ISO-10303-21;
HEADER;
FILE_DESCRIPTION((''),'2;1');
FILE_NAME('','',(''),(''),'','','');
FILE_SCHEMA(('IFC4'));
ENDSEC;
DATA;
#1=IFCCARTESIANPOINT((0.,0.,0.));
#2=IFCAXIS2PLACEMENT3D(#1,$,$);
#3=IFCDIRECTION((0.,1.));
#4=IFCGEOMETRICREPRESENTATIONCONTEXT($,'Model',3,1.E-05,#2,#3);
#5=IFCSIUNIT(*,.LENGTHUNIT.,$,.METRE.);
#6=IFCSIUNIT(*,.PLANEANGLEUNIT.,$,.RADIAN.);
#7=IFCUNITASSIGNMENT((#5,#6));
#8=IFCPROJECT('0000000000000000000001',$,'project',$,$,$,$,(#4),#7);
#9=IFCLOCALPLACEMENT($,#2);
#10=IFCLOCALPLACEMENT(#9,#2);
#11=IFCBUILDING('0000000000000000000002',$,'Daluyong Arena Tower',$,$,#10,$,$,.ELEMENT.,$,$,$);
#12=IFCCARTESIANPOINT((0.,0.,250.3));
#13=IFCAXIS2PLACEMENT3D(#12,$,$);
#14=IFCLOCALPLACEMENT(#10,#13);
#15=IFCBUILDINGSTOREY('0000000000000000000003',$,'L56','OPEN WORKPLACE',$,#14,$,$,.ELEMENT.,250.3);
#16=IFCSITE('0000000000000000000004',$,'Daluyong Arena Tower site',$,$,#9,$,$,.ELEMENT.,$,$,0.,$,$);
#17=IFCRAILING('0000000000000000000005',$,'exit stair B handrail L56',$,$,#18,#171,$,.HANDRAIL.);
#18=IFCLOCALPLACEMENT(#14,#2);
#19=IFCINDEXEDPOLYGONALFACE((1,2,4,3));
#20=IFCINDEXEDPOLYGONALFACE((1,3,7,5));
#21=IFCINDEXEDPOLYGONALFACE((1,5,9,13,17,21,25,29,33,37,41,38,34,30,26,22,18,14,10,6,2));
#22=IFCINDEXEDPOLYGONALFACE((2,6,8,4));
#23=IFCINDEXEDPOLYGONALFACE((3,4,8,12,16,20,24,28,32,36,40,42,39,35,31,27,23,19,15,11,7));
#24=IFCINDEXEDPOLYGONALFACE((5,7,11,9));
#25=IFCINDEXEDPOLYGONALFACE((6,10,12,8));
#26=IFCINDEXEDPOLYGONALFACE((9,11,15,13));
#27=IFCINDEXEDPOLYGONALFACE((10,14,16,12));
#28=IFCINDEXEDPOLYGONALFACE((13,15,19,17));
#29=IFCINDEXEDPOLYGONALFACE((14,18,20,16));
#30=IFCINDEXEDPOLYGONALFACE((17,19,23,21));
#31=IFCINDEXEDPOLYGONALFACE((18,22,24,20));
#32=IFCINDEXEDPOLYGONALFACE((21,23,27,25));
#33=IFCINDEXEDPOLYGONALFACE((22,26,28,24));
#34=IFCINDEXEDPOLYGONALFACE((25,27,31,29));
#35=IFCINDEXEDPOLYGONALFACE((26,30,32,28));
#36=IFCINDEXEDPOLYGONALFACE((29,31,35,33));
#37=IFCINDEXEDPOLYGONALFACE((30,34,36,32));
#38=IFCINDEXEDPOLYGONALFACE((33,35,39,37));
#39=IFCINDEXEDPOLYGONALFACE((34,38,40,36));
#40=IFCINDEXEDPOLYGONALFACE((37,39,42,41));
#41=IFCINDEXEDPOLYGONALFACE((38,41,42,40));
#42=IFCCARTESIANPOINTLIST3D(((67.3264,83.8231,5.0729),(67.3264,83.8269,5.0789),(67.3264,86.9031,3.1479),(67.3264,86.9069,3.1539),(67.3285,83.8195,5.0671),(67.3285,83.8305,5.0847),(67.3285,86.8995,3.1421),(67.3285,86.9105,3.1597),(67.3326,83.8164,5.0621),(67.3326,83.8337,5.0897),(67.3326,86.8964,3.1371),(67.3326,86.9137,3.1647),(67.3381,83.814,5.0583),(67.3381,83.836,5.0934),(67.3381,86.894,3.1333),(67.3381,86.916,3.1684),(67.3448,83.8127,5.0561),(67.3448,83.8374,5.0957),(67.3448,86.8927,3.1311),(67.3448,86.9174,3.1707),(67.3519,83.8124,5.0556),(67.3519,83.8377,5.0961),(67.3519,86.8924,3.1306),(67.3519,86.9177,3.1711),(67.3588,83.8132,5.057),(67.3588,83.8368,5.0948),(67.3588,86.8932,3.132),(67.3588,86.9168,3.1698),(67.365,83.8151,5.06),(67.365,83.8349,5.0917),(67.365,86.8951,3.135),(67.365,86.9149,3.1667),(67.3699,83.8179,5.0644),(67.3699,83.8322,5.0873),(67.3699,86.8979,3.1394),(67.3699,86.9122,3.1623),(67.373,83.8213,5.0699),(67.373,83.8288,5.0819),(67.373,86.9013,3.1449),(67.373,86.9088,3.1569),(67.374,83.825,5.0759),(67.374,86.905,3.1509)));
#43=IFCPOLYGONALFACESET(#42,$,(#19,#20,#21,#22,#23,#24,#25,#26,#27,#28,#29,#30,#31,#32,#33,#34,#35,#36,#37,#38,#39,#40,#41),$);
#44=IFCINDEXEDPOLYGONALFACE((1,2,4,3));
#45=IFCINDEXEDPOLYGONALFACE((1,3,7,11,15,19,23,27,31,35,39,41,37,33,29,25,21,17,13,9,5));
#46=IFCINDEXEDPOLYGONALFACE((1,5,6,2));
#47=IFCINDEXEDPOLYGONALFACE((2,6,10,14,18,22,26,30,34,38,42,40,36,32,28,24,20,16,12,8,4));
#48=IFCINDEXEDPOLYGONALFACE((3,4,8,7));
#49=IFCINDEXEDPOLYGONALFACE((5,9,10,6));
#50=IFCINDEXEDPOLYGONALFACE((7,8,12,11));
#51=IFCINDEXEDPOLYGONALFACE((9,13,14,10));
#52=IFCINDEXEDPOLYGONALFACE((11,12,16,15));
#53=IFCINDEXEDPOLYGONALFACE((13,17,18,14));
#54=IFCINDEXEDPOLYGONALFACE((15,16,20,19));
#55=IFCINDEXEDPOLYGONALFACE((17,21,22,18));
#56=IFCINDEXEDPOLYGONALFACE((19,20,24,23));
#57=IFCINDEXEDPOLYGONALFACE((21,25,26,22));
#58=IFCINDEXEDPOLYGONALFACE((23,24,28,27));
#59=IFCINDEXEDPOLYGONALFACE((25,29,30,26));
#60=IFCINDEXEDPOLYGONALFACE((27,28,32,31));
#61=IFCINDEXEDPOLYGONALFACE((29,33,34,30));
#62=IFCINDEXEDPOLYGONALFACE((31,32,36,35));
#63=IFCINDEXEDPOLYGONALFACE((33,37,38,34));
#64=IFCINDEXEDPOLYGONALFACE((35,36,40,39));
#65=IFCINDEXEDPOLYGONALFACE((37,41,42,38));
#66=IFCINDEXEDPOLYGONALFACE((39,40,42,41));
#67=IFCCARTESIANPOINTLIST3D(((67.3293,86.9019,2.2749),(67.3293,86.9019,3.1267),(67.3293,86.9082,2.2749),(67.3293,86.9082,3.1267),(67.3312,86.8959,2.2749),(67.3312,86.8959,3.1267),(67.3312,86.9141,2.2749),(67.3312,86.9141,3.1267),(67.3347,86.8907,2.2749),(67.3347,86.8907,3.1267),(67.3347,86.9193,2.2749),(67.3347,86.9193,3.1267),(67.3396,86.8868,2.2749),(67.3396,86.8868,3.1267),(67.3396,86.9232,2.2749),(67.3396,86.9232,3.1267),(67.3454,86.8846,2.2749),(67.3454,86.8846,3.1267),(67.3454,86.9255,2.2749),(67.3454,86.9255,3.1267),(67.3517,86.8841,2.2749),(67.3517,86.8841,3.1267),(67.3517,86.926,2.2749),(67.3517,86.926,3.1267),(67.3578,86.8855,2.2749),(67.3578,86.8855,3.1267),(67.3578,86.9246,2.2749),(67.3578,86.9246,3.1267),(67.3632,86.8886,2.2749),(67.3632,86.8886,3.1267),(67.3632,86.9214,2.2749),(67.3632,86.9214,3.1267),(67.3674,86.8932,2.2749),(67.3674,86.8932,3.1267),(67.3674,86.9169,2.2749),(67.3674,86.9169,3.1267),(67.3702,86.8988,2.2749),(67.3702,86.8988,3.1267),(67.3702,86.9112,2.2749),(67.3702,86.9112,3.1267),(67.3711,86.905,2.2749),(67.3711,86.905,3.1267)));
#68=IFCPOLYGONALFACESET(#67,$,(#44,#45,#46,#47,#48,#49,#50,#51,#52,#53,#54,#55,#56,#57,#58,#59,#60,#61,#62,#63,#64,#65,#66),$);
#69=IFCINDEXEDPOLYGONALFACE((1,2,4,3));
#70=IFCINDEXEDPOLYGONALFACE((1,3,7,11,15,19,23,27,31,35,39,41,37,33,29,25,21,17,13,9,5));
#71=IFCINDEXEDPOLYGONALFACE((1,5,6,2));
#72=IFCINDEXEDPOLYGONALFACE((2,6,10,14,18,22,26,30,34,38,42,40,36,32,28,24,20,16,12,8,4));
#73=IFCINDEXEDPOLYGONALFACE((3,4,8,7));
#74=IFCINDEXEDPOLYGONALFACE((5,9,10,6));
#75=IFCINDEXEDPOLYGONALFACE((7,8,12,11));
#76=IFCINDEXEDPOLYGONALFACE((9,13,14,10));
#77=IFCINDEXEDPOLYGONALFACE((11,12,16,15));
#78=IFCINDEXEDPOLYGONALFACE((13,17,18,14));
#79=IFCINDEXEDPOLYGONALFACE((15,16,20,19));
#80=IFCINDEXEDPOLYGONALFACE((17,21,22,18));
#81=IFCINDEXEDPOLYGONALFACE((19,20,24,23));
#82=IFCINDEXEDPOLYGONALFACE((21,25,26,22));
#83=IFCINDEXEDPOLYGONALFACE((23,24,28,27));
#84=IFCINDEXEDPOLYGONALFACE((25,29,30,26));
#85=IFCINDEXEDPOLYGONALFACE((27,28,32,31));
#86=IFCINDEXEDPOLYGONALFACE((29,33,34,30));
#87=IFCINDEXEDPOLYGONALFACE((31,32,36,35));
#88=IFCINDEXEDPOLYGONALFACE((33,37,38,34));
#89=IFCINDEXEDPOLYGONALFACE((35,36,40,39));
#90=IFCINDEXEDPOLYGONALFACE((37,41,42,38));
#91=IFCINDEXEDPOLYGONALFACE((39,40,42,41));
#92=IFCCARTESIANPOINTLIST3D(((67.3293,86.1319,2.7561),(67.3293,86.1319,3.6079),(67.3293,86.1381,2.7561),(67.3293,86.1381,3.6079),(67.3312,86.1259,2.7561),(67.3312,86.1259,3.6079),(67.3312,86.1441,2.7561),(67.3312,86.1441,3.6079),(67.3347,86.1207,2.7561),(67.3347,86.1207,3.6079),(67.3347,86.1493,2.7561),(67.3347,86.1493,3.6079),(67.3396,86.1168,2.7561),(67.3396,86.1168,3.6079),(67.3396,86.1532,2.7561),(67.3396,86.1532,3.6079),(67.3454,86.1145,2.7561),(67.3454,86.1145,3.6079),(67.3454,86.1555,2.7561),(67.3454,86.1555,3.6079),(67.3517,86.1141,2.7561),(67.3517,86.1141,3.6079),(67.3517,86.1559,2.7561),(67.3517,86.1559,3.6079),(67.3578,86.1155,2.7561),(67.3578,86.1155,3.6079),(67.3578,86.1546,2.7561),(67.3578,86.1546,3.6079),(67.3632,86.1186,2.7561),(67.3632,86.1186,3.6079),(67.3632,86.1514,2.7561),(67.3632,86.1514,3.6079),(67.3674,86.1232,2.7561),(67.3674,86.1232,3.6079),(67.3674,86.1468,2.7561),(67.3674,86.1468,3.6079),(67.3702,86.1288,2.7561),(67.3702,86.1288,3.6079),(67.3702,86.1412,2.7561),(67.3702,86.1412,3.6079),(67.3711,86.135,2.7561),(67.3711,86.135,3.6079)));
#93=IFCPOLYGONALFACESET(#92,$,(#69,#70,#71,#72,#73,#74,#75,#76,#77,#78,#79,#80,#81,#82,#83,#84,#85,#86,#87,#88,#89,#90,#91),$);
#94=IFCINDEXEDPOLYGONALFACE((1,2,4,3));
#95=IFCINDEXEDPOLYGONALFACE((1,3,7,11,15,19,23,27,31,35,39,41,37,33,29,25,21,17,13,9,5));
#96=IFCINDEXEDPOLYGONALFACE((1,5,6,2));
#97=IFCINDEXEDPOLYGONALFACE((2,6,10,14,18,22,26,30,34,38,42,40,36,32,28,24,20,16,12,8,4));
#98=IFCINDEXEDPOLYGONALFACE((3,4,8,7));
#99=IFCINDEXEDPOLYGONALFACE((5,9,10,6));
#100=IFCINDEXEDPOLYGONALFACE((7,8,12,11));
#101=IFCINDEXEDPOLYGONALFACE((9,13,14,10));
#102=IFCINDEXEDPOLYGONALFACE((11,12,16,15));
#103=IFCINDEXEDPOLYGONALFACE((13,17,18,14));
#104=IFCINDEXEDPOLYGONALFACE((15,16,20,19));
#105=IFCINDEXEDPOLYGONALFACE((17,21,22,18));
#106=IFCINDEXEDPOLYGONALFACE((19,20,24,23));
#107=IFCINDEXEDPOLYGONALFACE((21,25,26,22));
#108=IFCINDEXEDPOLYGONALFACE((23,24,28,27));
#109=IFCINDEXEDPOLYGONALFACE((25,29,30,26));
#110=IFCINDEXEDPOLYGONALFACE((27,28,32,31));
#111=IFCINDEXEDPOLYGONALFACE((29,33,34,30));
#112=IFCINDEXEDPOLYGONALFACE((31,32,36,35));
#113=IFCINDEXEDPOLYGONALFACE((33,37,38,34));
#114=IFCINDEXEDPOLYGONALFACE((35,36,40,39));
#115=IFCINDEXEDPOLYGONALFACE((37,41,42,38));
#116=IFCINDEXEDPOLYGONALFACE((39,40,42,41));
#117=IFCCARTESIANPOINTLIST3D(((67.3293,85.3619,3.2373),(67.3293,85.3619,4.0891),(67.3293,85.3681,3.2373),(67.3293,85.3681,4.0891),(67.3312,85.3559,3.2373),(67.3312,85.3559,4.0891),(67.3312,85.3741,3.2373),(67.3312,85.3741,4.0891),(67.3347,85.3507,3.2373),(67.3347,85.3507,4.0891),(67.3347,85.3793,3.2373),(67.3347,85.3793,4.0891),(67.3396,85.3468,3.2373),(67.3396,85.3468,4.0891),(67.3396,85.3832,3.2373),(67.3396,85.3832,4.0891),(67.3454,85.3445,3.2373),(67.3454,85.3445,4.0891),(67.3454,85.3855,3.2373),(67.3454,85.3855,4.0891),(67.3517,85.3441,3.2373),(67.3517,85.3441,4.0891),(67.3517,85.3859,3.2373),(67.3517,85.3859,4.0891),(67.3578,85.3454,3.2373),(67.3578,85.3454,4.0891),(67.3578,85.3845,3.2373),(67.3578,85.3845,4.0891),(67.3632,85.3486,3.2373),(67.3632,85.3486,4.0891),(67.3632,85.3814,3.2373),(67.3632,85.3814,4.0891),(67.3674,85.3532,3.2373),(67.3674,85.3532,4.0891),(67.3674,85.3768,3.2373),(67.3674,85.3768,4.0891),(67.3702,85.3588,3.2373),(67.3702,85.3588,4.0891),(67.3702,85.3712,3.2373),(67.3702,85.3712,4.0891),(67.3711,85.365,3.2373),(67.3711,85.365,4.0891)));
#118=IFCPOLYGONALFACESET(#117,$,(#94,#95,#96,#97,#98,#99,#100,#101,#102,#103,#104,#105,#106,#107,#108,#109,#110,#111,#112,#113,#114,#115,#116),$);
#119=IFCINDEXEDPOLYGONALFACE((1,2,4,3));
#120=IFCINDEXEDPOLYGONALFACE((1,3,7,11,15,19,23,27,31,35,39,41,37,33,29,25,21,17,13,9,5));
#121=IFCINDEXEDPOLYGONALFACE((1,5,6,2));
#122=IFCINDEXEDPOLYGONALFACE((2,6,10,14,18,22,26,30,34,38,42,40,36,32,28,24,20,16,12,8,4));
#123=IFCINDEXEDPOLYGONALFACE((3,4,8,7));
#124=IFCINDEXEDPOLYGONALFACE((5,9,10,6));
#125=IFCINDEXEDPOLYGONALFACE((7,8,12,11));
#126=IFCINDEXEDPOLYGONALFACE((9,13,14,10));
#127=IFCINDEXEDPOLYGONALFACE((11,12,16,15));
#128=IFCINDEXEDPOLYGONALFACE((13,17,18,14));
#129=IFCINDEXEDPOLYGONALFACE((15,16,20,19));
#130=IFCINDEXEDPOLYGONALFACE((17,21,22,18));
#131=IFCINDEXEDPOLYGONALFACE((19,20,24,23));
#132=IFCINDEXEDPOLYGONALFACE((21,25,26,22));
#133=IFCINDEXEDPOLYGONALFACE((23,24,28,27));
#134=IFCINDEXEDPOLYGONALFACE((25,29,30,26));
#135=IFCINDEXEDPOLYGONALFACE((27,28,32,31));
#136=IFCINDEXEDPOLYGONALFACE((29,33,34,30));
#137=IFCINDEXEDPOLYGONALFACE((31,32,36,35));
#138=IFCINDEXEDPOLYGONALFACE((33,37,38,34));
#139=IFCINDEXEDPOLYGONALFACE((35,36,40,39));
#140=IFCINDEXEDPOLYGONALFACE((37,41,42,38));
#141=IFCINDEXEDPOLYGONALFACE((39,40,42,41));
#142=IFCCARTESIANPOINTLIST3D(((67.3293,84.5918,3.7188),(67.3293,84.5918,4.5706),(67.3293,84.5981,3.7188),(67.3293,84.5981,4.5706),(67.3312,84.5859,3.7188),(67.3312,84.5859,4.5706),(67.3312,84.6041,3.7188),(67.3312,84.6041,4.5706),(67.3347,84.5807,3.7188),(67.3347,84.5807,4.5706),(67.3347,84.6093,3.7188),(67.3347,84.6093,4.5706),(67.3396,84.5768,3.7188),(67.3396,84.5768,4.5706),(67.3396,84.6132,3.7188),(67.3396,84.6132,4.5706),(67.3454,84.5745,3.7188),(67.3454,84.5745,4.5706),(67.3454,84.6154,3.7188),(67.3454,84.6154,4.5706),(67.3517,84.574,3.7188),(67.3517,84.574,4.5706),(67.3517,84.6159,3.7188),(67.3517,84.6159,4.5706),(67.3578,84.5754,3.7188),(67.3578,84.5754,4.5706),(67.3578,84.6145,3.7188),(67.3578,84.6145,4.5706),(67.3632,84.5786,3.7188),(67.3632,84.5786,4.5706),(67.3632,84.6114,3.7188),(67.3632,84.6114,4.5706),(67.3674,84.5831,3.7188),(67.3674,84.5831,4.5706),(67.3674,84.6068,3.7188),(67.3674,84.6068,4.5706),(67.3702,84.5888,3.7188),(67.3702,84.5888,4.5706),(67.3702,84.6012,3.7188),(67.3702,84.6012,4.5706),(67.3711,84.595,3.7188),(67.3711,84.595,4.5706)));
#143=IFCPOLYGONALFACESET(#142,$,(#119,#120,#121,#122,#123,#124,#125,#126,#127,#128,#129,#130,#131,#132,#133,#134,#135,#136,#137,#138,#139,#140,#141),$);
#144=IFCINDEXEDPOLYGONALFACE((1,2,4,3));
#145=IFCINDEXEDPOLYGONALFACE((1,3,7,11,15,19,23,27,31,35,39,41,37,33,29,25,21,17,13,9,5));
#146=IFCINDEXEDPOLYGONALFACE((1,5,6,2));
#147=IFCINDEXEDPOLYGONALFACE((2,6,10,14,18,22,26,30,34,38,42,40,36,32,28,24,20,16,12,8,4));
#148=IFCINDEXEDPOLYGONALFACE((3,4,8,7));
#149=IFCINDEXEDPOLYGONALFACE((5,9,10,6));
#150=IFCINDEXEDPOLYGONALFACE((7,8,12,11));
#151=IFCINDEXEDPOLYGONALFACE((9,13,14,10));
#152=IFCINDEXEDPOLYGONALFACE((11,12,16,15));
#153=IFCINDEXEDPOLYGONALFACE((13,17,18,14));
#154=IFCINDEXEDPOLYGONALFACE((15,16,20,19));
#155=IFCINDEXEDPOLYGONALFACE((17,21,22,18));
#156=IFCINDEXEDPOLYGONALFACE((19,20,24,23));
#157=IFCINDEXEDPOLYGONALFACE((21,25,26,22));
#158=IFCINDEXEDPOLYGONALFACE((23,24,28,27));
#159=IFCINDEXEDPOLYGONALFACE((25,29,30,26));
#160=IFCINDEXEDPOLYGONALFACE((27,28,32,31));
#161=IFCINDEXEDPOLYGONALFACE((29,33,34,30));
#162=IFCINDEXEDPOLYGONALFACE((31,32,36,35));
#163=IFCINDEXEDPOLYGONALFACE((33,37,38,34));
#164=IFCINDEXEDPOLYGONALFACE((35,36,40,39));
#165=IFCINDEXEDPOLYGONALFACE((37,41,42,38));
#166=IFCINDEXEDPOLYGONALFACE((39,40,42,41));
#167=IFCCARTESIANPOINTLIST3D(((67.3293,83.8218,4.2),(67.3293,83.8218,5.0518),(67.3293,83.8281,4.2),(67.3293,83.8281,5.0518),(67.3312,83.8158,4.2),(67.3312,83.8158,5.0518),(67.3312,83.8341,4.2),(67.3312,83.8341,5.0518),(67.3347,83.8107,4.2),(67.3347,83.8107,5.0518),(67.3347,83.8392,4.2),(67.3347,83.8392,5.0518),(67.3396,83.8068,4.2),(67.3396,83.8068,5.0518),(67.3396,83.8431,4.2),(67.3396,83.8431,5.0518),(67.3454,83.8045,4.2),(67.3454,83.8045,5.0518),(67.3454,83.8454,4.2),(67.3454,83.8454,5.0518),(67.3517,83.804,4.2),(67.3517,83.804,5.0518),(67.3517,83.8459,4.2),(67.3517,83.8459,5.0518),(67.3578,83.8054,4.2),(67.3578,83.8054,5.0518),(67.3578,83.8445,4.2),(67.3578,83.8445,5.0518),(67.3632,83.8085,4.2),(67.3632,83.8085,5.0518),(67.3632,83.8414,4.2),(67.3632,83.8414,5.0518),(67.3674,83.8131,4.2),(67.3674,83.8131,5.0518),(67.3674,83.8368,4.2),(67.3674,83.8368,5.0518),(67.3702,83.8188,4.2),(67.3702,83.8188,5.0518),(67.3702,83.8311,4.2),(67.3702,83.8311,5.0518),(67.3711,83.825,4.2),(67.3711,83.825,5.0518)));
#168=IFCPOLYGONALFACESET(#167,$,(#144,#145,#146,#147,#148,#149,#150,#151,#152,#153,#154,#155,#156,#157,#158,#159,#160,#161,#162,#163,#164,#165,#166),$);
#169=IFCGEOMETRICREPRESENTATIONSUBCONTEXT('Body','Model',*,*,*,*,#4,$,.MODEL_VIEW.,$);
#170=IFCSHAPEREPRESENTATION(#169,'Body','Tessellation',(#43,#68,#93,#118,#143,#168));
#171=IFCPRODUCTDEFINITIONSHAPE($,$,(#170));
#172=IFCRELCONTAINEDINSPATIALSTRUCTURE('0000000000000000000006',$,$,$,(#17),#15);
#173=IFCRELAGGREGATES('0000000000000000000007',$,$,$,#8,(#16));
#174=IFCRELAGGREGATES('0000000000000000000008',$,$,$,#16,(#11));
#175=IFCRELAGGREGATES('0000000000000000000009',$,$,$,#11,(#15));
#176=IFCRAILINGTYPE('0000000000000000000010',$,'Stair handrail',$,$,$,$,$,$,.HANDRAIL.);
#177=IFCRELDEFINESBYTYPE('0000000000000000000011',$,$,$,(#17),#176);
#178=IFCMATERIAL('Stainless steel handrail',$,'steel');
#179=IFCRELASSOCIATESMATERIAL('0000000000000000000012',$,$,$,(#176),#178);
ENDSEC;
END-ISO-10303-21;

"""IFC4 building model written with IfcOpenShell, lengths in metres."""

from ifc_helpers import new_model, si_unit, direction, frame, origin, origin_2d, place, context, subcontext, project, spatial, circle, extrude, material, type_object, element, save


model = new_model("IFC4")

# Units and contexts
model_context = context("Model", 3, precision=1e-05, world=origin(), true_north=direction((0.0, 1.0)))
body_context = subcontext(model_context, "Body", "Model", "MODEL_VIEW")
ifc_project = project(units=[si_unit("LENGTHUNIT", "METRE"), si_unit("PLANEANGLEUNIT", "RADIAN")], contexts=[model_context])

# Site, building, storey
site_placement = place(None, origin())
site = spatial("IfcSite", under=ifc_project, at=site_placement, Name="Daluyong Arena Tower site", CompositionType="ELEMENT", RefElevation=0.0)
building_placement = place(site_placement, origin())
building = spatial("IfcBuilding", under=site, at=building_placement, Name="Daluyong Arena Tower", CompositionType="ELEMENT")
storey_placement = place(building_placement, frame((0.0, 0.0, 250.3)))
storey = spatial("IfcBuildingStorey", under=building, at=storey_placement, Name="L56", Description="OPEN WORKPLACE", CompositionType="ELEMENT", Elevation=250.3)

# Railing
ifc_material_1 = material(Name="Stainless steel handrail", Category="steel")
railing_type_1 = type_object("IfcRailingType", Name="Stair handrail", PredefinedType="HANDRAIL", material=ifc_material_1)
railing_1_placement = place(storey_placement, frame((67.3501, 86.905, 2.2749)))
element("IfcRailing", 1, at=railing_1_placement, inside=storey, type_object=railing_type_1, Name="exit stair B handrail L56", PredefinedType="HANDRAIL", context=body_context, shape_type="SweptSolid", body=[
    extrude(circle(Radius=0.0239, at=origin_2d()), frame((0.0, 0.0, 0.876), z_axis=(0.0, -0.847998, 0.529999), x_axis=(1.0, 0.0, 0.0)), (0.0, 0.0, 1.0), 3.6321),
    extrude(circle(Radius=0.021, at=origin_2d()), origin(), (0.0, 0.0, 1.0), 0.8518),
    extrude(circle(Radius=0.021, at=origin_2d()), frame((0.0, -0.77, 0.4812)), (0.0, 0.0, 1.0), 0.8518),
    extrude(circle(Radius=0.021, at=origin_2d()), frame((0.0, -1.54, 0.9624)), (0.0, 0.0, 1.0), 0.8518),
    extrude(circle(Radius=0.021, at=origin_2d()), frame((0.0, -2.3101, 1.4438)), (0.0, 0.0, 1.0), 0.8518),
    extrude(circle(Radius=0.021, at=origin_2d()), frame((0.0, -3.0801, 1.925)), (0.0, 0.0, 1.0), 0.8518),
])

save(model, "model.ifc")
